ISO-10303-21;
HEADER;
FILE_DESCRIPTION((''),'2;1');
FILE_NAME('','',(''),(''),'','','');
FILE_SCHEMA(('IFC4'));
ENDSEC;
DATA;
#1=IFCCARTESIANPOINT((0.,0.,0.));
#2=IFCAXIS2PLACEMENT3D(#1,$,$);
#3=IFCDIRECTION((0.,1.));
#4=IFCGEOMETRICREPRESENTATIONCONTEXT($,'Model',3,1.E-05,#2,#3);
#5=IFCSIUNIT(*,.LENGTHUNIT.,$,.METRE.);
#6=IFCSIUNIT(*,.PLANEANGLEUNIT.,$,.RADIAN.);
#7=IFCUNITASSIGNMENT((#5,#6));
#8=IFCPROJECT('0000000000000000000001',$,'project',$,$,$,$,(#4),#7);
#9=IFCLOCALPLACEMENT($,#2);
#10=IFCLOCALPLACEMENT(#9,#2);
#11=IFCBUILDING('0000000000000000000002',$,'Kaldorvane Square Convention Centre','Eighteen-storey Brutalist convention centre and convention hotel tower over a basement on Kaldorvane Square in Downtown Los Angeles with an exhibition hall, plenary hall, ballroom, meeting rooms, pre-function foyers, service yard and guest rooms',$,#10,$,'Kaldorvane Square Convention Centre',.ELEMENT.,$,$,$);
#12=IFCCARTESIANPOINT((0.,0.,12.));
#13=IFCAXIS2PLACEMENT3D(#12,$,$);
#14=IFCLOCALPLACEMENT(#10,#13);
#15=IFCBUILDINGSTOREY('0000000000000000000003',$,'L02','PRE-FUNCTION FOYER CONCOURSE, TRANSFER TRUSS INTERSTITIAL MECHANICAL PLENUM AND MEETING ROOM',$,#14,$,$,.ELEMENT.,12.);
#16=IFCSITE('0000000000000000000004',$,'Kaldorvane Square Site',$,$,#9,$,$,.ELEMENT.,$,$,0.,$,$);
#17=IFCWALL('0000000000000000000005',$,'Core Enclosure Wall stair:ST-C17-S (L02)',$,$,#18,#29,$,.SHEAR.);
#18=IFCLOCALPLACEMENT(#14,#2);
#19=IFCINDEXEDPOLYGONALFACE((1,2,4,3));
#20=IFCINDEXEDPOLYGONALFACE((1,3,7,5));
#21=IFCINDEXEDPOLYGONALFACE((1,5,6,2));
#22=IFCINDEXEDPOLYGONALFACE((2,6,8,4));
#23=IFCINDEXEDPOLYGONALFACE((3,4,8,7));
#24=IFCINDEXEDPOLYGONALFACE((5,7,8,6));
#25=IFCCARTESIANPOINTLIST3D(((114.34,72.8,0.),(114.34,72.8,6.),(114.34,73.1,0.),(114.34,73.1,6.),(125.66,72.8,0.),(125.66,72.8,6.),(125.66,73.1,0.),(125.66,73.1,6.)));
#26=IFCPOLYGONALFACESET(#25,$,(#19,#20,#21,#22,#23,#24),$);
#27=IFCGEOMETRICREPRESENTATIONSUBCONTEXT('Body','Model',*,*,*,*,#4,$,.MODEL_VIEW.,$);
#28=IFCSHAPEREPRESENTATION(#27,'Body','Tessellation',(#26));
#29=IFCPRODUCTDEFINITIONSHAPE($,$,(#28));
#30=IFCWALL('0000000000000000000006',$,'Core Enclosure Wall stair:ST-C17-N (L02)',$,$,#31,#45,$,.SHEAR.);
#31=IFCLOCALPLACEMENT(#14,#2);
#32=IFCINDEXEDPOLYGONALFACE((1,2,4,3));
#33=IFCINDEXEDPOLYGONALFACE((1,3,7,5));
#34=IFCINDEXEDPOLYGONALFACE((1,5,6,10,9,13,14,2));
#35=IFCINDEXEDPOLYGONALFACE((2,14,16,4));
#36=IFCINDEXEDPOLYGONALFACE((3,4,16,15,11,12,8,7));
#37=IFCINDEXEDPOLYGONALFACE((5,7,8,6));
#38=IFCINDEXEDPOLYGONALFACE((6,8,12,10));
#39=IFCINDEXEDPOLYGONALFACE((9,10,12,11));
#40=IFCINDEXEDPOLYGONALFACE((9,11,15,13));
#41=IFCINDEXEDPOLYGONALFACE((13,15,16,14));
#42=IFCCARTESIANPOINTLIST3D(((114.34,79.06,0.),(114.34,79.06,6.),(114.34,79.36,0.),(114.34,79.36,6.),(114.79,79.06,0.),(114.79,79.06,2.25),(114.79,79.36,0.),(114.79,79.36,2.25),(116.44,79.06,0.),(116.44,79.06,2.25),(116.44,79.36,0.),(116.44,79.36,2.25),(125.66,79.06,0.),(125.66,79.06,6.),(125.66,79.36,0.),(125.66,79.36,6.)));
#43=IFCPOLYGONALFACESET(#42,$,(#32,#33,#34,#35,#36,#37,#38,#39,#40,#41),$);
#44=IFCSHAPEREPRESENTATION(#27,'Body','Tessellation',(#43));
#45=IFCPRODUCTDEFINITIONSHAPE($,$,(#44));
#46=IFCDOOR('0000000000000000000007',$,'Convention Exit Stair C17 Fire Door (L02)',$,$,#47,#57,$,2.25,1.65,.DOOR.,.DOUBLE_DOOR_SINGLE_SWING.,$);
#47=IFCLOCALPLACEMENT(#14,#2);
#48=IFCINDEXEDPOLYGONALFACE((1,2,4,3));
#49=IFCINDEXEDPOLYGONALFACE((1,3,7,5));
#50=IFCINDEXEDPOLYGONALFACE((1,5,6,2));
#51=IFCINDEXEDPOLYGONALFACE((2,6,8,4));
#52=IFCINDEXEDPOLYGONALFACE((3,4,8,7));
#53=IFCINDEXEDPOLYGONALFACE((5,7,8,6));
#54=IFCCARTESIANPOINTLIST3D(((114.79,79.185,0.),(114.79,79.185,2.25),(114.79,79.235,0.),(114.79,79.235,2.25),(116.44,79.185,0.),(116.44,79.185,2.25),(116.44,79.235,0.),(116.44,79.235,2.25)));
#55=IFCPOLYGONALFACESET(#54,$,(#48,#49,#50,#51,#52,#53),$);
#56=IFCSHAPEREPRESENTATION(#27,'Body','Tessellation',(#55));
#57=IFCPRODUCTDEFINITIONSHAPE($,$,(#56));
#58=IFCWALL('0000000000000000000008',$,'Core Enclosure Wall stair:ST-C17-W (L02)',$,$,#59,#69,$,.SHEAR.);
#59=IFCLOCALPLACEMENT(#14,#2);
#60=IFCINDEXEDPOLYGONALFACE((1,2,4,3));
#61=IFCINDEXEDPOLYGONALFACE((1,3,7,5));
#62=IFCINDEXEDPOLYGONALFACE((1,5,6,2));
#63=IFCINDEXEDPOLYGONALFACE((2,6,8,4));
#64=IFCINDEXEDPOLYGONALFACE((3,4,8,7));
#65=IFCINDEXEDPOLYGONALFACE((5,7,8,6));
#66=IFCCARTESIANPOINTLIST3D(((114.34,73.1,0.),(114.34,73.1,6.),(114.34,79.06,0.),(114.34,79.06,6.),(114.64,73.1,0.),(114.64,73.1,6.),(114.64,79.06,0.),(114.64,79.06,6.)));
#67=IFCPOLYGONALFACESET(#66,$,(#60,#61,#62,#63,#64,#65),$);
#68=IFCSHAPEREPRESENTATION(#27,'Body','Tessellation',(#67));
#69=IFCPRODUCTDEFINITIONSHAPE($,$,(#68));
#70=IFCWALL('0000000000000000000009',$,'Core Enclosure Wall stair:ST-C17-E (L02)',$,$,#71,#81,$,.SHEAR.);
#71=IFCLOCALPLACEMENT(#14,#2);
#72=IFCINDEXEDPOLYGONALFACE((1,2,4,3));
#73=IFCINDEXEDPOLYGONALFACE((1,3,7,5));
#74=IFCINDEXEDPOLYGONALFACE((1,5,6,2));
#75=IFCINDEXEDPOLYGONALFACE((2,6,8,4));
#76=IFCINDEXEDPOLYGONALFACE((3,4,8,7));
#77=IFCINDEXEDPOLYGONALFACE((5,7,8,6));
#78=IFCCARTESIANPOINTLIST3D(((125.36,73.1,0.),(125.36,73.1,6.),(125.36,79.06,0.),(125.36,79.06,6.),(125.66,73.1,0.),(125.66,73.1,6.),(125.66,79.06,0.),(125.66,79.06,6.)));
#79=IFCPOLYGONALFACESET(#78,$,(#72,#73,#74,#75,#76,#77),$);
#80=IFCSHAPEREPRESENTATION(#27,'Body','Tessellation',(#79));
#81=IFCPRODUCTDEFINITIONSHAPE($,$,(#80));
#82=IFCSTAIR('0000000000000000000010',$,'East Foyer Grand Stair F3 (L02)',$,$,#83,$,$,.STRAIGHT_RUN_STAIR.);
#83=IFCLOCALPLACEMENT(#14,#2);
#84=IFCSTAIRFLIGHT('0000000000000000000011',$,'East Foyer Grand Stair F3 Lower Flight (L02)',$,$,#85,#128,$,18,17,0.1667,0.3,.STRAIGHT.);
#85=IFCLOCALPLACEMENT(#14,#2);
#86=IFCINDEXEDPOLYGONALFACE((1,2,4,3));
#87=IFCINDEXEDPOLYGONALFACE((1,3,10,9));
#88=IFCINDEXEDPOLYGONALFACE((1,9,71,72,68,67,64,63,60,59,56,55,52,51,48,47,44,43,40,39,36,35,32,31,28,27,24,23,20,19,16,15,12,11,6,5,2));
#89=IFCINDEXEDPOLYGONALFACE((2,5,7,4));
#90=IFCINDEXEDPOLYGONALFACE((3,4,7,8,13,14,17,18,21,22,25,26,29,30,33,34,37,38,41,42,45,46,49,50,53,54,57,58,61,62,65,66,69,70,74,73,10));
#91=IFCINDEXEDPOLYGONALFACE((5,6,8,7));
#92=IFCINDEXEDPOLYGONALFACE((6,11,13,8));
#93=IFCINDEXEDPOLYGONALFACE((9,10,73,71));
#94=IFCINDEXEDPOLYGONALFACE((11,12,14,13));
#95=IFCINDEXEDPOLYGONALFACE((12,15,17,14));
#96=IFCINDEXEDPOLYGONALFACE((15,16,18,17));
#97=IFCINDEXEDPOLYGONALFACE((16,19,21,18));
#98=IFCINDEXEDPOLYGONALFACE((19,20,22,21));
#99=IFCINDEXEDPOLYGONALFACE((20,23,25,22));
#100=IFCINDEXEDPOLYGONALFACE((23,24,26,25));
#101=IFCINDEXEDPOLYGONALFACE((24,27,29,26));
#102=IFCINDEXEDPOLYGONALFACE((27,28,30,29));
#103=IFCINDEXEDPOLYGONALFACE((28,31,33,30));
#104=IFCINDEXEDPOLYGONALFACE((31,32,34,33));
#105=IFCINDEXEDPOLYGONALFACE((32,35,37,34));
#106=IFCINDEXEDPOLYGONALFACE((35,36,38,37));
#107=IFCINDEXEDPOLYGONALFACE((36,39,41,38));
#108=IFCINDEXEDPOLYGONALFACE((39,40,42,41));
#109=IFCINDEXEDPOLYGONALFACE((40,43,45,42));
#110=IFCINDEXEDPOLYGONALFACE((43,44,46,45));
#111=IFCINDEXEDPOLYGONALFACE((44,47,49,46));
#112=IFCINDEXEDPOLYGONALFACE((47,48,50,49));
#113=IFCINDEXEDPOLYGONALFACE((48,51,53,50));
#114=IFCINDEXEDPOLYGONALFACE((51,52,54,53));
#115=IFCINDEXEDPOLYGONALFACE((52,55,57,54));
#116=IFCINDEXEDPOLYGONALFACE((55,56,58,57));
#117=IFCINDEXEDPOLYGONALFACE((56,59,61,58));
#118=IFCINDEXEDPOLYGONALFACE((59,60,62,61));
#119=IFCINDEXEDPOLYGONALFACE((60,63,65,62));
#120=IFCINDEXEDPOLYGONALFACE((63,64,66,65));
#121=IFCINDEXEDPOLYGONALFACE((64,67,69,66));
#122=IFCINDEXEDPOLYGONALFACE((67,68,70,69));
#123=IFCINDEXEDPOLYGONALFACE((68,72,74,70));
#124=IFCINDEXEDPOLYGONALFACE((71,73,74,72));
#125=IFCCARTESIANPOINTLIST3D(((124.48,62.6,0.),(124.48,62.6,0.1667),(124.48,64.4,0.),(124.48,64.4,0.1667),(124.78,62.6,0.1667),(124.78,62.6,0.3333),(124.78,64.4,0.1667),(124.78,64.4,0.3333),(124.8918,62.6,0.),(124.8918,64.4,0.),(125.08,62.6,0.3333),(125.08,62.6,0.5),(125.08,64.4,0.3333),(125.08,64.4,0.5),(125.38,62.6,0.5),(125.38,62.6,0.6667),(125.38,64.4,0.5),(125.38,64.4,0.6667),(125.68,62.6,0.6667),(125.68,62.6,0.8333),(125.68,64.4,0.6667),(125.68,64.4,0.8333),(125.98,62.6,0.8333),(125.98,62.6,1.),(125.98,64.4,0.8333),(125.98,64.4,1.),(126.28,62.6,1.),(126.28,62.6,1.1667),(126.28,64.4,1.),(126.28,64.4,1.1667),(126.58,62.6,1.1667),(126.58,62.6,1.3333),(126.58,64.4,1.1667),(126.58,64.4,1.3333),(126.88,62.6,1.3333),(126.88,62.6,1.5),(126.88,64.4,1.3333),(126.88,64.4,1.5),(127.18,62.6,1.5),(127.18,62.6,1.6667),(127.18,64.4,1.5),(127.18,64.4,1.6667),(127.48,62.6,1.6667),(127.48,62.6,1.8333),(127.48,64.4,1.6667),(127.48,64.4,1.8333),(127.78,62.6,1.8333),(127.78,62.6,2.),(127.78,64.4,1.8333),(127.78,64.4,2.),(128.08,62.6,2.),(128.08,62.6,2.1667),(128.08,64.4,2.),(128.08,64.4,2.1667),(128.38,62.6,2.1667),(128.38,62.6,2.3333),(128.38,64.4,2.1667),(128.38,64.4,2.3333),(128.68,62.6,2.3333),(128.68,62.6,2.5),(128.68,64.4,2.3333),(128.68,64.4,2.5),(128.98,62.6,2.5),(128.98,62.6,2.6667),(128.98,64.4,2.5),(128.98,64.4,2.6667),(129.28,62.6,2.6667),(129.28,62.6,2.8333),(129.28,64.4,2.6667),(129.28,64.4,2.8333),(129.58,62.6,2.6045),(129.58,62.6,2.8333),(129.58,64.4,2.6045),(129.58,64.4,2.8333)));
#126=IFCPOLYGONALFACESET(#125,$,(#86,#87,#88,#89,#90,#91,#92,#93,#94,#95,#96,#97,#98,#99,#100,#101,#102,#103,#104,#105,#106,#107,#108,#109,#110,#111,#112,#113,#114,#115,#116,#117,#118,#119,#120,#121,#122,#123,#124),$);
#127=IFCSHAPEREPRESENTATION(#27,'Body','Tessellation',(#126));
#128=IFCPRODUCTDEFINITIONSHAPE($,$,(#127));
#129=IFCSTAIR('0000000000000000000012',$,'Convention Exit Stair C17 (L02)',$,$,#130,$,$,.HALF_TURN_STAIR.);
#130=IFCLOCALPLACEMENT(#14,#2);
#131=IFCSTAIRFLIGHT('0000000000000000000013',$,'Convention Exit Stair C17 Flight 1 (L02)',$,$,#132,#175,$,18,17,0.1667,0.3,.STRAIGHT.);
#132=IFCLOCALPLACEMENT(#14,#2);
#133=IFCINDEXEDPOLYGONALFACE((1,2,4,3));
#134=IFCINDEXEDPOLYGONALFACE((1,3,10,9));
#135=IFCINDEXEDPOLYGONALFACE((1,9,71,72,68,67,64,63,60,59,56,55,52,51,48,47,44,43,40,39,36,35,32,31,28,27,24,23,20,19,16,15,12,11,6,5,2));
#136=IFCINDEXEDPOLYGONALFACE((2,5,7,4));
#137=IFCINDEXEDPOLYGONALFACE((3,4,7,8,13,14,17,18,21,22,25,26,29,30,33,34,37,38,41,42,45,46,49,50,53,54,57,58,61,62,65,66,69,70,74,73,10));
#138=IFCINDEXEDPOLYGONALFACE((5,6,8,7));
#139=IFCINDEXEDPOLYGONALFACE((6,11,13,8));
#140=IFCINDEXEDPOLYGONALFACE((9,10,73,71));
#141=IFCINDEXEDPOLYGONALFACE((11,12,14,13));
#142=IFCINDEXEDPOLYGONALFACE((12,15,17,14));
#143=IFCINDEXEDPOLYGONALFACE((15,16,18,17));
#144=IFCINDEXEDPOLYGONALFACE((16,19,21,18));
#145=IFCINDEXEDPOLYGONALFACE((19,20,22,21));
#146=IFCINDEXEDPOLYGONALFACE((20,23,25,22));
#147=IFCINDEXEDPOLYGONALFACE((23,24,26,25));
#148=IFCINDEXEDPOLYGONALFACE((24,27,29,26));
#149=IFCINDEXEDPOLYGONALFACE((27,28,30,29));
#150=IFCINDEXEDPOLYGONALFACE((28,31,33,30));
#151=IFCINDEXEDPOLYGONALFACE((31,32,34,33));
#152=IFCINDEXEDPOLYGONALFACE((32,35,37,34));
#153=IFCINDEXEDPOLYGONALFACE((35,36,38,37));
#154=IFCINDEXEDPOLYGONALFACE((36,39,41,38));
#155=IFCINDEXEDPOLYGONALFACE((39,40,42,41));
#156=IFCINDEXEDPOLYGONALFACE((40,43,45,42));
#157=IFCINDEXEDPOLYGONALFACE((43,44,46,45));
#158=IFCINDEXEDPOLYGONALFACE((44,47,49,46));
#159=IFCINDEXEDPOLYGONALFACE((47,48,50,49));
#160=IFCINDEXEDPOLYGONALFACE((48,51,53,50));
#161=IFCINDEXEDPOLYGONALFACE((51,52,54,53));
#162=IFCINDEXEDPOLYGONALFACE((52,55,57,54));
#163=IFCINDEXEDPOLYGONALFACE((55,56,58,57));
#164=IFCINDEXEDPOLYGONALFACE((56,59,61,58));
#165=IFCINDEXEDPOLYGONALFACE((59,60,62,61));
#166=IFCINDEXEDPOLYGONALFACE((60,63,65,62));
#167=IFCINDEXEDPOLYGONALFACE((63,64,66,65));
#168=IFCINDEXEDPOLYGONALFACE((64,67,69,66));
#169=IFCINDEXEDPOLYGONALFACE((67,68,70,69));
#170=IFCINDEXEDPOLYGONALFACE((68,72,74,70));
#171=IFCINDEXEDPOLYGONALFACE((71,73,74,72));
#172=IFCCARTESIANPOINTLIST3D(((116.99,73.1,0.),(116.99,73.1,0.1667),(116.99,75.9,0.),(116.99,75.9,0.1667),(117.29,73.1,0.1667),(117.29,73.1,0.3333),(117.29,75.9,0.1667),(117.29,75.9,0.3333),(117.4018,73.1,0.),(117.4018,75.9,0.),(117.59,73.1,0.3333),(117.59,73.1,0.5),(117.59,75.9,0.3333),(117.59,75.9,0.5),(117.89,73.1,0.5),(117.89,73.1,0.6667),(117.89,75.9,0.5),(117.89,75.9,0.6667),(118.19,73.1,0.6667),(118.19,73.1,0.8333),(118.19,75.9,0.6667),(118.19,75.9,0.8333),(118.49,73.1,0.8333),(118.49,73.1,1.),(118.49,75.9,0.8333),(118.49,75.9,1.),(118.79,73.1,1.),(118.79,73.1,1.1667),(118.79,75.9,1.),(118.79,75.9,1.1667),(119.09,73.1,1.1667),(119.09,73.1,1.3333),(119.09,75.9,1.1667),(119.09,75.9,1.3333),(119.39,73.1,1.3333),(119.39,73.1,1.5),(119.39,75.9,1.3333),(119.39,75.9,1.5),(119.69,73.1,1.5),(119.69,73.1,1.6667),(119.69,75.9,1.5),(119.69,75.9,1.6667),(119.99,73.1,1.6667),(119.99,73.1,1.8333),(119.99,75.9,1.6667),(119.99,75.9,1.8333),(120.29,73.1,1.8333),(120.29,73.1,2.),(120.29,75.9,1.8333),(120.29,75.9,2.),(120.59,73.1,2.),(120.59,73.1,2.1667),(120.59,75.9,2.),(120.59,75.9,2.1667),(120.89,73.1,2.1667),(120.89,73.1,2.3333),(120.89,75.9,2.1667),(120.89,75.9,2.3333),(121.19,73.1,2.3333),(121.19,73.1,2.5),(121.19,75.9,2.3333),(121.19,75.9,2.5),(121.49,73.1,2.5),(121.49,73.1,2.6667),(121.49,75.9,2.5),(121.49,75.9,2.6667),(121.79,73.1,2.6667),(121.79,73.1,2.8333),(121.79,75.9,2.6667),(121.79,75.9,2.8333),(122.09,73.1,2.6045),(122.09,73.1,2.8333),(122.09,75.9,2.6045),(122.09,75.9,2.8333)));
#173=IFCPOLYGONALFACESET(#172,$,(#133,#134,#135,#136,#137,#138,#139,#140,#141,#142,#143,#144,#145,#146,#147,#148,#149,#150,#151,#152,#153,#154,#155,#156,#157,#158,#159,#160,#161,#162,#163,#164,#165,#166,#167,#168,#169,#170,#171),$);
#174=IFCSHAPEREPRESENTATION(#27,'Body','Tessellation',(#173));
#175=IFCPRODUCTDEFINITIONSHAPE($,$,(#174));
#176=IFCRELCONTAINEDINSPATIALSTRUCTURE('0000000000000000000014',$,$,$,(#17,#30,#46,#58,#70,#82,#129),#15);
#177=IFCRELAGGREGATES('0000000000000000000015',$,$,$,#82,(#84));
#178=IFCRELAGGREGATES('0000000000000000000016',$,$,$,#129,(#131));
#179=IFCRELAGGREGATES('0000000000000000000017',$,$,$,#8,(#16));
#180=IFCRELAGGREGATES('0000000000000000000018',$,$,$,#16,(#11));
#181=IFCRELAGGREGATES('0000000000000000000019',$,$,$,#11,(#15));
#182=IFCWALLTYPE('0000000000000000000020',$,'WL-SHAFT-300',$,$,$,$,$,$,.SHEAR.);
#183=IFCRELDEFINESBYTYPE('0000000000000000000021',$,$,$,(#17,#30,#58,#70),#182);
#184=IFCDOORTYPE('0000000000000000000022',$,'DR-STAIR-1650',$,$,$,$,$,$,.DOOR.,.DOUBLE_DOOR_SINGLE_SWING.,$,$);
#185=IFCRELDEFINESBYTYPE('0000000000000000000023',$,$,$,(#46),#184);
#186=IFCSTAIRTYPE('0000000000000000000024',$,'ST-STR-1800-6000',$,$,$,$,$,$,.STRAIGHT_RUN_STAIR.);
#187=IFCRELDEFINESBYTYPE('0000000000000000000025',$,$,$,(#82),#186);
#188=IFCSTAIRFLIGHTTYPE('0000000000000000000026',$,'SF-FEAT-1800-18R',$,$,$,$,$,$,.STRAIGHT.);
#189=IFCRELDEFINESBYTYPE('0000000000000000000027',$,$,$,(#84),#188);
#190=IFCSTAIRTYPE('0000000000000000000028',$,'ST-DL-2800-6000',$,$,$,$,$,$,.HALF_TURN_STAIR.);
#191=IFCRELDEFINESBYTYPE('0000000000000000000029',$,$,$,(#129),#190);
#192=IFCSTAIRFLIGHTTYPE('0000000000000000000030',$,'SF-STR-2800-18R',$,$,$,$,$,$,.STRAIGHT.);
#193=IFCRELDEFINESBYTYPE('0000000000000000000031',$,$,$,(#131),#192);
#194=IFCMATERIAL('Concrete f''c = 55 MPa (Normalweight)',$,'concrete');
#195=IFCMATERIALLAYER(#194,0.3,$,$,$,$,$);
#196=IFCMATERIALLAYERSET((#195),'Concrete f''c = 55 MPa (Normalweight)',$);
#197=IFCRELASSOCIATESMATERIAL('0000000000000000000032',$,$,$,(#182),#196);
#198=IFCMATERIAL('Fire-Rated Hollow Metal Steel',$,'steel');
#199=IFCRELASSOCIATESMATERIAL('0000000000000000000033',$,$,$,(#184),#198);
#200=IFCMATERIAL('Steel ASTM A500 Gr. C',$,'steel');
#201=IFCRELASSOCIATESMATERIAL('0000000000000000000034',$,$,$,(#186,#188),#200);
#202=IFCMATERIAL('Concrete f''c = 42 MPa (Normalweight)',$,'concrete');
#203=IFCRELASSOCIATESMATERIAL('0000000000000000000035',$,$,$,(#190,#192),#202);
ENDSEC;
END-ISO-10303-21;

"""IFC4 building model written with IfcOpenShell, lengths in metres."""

from ifc_helpers import new_model, si_unit, direction, frame, frame_2d, origin, place, context, subcontext, project, spatial, polyline, rectangle, outline, extrude, material, layer, layer_set, type_object, element, fill, aggregate, save


model = new_model("IFC4")

# Units and contexts
model_context = context("Model", 3, precision=1e-05, world=origin(), true_north=direction((0.0, 1.0)))
body_context = subcontext(model_context, "Body", "Model", "MODEL_VIEW")
ifc_project = project(units=[si_unit("LENGTHUNIT", "METRE"), si_unit("PLANEANGLEUNIT", "RADIAN")], contexts=[model_context])

# Site, building, storey
site_placement = place(None, origin())
site = spatial("IfcSite", under=ifc_project, at=site_placement, Name="Kaldorvane Square Site", CompositionType="ELEMENT", RefElevation=0.0)
building_placement = place(site_placement, origin())
building = spatial("IfcBuilding", under=site, at=building_placement, Name="Kaldorvane Square Convention Centre", Description="Eighteen-storey Brutalist convention centre and convention hotel tower over a basement on Kaldorvane Square in Downtown Los Angeles with an exhibition hall, plenary hall, ballroom, meeting rooms, pre-function foyers, service yard and guest rooms", LongName="Kaldorvane Square Convention Centre", CompositionType="ELEMENT")
storey_placement = place(building_placement, frame((0.0, 0.0, 12.0)))
storey = spatial("IfcBuildingStorey", under=building, at=storey_placement, Name="L02", Description="PRE-FUNCTION FOYER CONCOURSE, TRANSFER TRUSS INTERSTITIAL MECHANICAL PLENUM AND MEETING ROOM", CompositionType="ELEMENT", Elevation=12.0)

# Shared definitions
ifc_material_1 = material(Name="Concrete f'c = 55 MPa (Normalweight)", Category="concrete")

# Shared definitions
ifc_layer_1 = layer(ifc_material_1, 0.3)
ifc_layer_set_1 = layer_set([ifc_layer_1], Name="Concrete f'c = 55 MPa (Normalweight)")
wall_type_1 = type_object("IfcWallType", Name="WL-SHAFT-300", PredefinedType="SHEAR", material=ifc_layer_set_1)
ifc_material_2 = material(Name="Fire-Rated Hollow Metal Steel", Category="steel")
door_type = type_object("IfcDoorType", Name="DR-STAIR-1650", OperationType="DOUBLE_DOOR_SINGLE_SWING", PredefinedType="DOOR", material=ifc_material_2)

# Wall
wall_1_placement = place(storey_placement, frame((114.34, 72.95, 0.0), z_axis=(0.0, 0.0, 1.0), x_axis=(1.0, 0.0, 0.0)))
element("IfcWall", 1, at=wall_1_placement, inside=storey, type_object=wall_type_1, Name="Core Enclosure Wall stair:ST-C17-S (L02)", PredefinedType="SHEAR", context=body_context, shape_type="SweptSolid", body=[
    extrude(rectangle(XDim=11.32, YDim=0.3, at=frame_2d((5.66, 0.0))), origin(), (0.0, 0.0, 1.0), 6.0),
])

# Wall, opening, door
wall_2_placement = place(storey_placement, frame((125.66, 79.21, 0.0), z_axis=(0.0, 0.0, 1.0), x_axis=(-1.0, 0.0, 0.0)))
wall_2 = element("IfcWall", 2, at=wall_2_placement, inside=storey, type_object=wall_type_1, Name="Core Enclosure Wall stair:ST-C17-N (L02)", PredefinedType="SHEAR", context=body_context, shape_type="SweptSolid", body=[
    extrude(rectangle(XDim=11.32, YDim=0.3, at=frame_2d((5.66, 0.0))), origin(), (0.0, 0.0, 1.0), 6.0),
])
opening_1_placement = place(wall_2_placement, frame((9.22, 0.0, 0.0)))
opening_1 = element("IfcOpeningElement", 3, at=opening_1_placement, cuts=wall_2, PredefinedType="OPENING", context=body_context, shape_type="SweptSolid", body=[
    extrude(rectangle(XDim=1.65, YDim=2.25, at=frame_2d((0.825, 1.125))), frame((0.0, 0.165, 0.0), z_axis=(0.0, -1.0, 0.0), x_axis=(1.0, 0.0, 0.0)), (0.0, 0.0, 1.0), 0.33),
])
door_1_placement = place(opening_1_placement, origin())
door_1 = element("IfcDoor", 4, at=door_1_placement, inside=storey, type_object=door_type, Name="Convention Exit Stair C17 Fire Door (L02)", OperationType="DOUBLE_DOOR_SINGLE_SWING", OverallHeight=2.25, OverallWidth=1.65, PredefinedType="DOOR", context=body_context, shape_type="SweptSolid", body=[
    extrude(rectangle(XDim=1.65, YDim=2.25, at=frame_2d((0.825, 1.125))), frame((0.0, 0.025, 0.0), z_axis=(0.0, -1.0, 0.0), x_axis=(1.0, 0.0, 0.0)), (0.0, 0.0, 1.0), 0.05),
])
fill(opening_1, door_1)

# Walls
for number, where, z_axis, x_axis, name in (
    (5, (114.49, 79.06, 0.0), (0.0, 0.0, 1.0), (0.0, -1.0, 0.0), "Core Enclosure Wall stair:ST-C17-W (L02)"),
    (6, (125.51, 73.1, 0.0), (0.0, 0.0, 1.0), (0.0, 1.0, 0.0), "Core Enclosure Wall stair:ST-C17-E (L02)"),
):
    element("IfcWall", number, at=place(storey_placement, frame(where, z_axis=z_axis, x_axis=x_axis)), inside=storey, type_object=wall_type_1, Name=name, PredefinedType="SHEAR", context=body_context, shape_type="SweptSolid", body=[
        extrude(rectangle(XDim=5.96, YDim=0.3, at=frame_2d((2.98, 0.0))), origin(), (0.0, 0.0, 1.0), 6.0),
    ])

# Stair, stair flight
ifc_material_3 = material(Name="Steel ASTM A500 Gr. C", Category="steel")
stair_type_1 = type_object("IfcStairType", Name="ST-STR-1800-6000", PredefinedType="STRAIGHT_RUN_STAIR", material=ifc_material_3)
stair_1_placement = place(storey_placement, origin())
stair_1 = element("IfcStair", 7, at=stair_1_placement, inside=storey, type_object=stair_type_1, Name="East Foyer Grand Stair F3 (L02)", PredefinedType="STRAIGHT_RUN_STAIR")
stair_flight_type_1 = type_object("IfcStairFlightType", Name="SF-FEAT-1800-18R", PredefinedType="STRAIGHT", material=ifc_material_3)
stair_flight_1_placement = place(storey_placement, frame((124.48, 63.5, 0.0), z_axis=(0.0, 0.0, 1.0), x_axis=(1.0, 0.0, 0.0)))
stair_flight_1 = element("IfcStairFlight", 8, at=stair_flight_1_placement, type_object=stair_flight_type_1, Name="East Foyer Grand Stair F3 Lower Flight (L02)", NumberOfRisers=18, NumberOfTreads=17, PredefinedType="STRAIGHT", RiserHeight=0.1667, TreadLength=0.3, context=body_context, shape_type="SweptSolid", body=[
    extrude(outline(polyline([(0.0, 0.0), (0.0, 0.1667), (0.3, 0.1667), (0.3, 0.3333), (0.6, 0.3333), (0.6, 0.5), (0.9, 0.5), (0.9, 0.6667), (1.2, 0.6667), (1.2, 0.8333), (1.5, 0.8333), (1.5, 1.0), (1.8, 1.0), (1.8, 1.1667), (2.1, 1.1667), (2.1, 1.3333), (2.4, 1.3333), (2.4, 1.5), (2.7, 1.5), (2.7, 1.6667), (3.0, 1.6667), (3.0, 1.8333), (3.3, 1.8333), (3.3, 2.0), (3.6, 2.0), (3.6, 2.1667), (3.9, 2.1667), (3.9, 2.3333), (4.2, 2.3333), (4.2, 2.5), (4.5, 2.5), (4.5, 2.6667), (4.8, 2.6667), (4.8, 2.8333), (5.1, 2.8333), (5.1, 3.0), (5.1, 2.6045), (0.4118, 0.0), (0.0, 0.0)])), frame((0.0, 0.9, 0.0), z_axis=(0.0, -1.0, 0.0), x_axis=(1.0, 0.0, 0.0)), (0.0, 0.0, 1.0), 1.8),
])
aggregate(stair_1, [stair_flight_1])

# Stair, stair flight
ifc_material_4 = material(Name="Concrete f'c = 42 MPa (Normalweight)", Category="concrete")
stair_type_2 = type_object("IfcStairType", Name="ST-DL-2800-6000", PredefinedType="HALF_TURN_STAIR", material=ifc_material_4)
stair_2_placement = place(storey_placement, origin())
stair_2 = element("IfcStair", 9, at=stair_2_placement, inside=storey, type_object=stair_type_2, Name="Convention Exit Stair C17 (L02)", PredefinedType="HALF_TURN_STAIR")
stair_flight_type_2 = type_object("IfcStairFlightType", Name="SF-STR-2800-18R", PredefinedType="STRAIGHT", material=ifc_material_4)
stair_flight_2_placement = place(storey_placement, frame((116.99, 74.5, 0.0), z_axis=(0.0, 0.0, 1.0), x_axis=(1.0, 0.0, 0.0)))
stair_flight_2 = element("IfcStairFlight", 10, at=stair_flight_2_placement, type_object=stair_flight_type_2, Name="Convention Exit Stair C17 Flight 1 (L02)", NumberOfRisers=18, NumberOfTreads=17, PredefinedType="STRAIGHT", RiserHeight=0.1667, TreadLength=0.3, context=body_context, shape_type="SweptSolid", body=[
    extrude(outline(polyline([(0.0, 0.0), (0.0, 0.1667), (0.3, 0.1667), (0.3, 0.3333), (0.6, 0.3333), (0.6, 0.5), (0.9, 0.5), (0.9, 0.6667), (1.2, 0.6667), (1.2, 0.8333), (1.5, 0.8333), (1.5, 1.0), (1.8, 1.0), (1.8, 1.1667), (2.1, 1.1667), (2.1, 1.3333), (2.4, 1.3333), (2.4, 1.5), (2.7, 1.5), (2.7, 1.6667), (3.0, 1.6667), (3.0, 1.8333), (3.3, 1.8333), (3.3, 2.0), (3.6, 2.0), (3.6, 2.1667), (3.9, 2.1667), (3.9, 2.3333), (4.2, 2.3333), (4.2, 2.5), (4.5, 2.5), (4.5, 2.6667), (4.8, 2.6667), (4.8, 2.8333), (5.1, 2.8333), (5.1, 3.0), (5.1, 2.6045), (0.4118, 0.0), (0.0, 0.0)])), frame((0.0, 1.4, 0.0), z_axis=(0.0, -1.0, 0.0), x_axis=(1.0, 0.0, 0.0)), (0.0, 0.0, 1.0), 2.8),
])
aggregate(stair_2, [stair_flight_2])

save(model, "model.ifc")
